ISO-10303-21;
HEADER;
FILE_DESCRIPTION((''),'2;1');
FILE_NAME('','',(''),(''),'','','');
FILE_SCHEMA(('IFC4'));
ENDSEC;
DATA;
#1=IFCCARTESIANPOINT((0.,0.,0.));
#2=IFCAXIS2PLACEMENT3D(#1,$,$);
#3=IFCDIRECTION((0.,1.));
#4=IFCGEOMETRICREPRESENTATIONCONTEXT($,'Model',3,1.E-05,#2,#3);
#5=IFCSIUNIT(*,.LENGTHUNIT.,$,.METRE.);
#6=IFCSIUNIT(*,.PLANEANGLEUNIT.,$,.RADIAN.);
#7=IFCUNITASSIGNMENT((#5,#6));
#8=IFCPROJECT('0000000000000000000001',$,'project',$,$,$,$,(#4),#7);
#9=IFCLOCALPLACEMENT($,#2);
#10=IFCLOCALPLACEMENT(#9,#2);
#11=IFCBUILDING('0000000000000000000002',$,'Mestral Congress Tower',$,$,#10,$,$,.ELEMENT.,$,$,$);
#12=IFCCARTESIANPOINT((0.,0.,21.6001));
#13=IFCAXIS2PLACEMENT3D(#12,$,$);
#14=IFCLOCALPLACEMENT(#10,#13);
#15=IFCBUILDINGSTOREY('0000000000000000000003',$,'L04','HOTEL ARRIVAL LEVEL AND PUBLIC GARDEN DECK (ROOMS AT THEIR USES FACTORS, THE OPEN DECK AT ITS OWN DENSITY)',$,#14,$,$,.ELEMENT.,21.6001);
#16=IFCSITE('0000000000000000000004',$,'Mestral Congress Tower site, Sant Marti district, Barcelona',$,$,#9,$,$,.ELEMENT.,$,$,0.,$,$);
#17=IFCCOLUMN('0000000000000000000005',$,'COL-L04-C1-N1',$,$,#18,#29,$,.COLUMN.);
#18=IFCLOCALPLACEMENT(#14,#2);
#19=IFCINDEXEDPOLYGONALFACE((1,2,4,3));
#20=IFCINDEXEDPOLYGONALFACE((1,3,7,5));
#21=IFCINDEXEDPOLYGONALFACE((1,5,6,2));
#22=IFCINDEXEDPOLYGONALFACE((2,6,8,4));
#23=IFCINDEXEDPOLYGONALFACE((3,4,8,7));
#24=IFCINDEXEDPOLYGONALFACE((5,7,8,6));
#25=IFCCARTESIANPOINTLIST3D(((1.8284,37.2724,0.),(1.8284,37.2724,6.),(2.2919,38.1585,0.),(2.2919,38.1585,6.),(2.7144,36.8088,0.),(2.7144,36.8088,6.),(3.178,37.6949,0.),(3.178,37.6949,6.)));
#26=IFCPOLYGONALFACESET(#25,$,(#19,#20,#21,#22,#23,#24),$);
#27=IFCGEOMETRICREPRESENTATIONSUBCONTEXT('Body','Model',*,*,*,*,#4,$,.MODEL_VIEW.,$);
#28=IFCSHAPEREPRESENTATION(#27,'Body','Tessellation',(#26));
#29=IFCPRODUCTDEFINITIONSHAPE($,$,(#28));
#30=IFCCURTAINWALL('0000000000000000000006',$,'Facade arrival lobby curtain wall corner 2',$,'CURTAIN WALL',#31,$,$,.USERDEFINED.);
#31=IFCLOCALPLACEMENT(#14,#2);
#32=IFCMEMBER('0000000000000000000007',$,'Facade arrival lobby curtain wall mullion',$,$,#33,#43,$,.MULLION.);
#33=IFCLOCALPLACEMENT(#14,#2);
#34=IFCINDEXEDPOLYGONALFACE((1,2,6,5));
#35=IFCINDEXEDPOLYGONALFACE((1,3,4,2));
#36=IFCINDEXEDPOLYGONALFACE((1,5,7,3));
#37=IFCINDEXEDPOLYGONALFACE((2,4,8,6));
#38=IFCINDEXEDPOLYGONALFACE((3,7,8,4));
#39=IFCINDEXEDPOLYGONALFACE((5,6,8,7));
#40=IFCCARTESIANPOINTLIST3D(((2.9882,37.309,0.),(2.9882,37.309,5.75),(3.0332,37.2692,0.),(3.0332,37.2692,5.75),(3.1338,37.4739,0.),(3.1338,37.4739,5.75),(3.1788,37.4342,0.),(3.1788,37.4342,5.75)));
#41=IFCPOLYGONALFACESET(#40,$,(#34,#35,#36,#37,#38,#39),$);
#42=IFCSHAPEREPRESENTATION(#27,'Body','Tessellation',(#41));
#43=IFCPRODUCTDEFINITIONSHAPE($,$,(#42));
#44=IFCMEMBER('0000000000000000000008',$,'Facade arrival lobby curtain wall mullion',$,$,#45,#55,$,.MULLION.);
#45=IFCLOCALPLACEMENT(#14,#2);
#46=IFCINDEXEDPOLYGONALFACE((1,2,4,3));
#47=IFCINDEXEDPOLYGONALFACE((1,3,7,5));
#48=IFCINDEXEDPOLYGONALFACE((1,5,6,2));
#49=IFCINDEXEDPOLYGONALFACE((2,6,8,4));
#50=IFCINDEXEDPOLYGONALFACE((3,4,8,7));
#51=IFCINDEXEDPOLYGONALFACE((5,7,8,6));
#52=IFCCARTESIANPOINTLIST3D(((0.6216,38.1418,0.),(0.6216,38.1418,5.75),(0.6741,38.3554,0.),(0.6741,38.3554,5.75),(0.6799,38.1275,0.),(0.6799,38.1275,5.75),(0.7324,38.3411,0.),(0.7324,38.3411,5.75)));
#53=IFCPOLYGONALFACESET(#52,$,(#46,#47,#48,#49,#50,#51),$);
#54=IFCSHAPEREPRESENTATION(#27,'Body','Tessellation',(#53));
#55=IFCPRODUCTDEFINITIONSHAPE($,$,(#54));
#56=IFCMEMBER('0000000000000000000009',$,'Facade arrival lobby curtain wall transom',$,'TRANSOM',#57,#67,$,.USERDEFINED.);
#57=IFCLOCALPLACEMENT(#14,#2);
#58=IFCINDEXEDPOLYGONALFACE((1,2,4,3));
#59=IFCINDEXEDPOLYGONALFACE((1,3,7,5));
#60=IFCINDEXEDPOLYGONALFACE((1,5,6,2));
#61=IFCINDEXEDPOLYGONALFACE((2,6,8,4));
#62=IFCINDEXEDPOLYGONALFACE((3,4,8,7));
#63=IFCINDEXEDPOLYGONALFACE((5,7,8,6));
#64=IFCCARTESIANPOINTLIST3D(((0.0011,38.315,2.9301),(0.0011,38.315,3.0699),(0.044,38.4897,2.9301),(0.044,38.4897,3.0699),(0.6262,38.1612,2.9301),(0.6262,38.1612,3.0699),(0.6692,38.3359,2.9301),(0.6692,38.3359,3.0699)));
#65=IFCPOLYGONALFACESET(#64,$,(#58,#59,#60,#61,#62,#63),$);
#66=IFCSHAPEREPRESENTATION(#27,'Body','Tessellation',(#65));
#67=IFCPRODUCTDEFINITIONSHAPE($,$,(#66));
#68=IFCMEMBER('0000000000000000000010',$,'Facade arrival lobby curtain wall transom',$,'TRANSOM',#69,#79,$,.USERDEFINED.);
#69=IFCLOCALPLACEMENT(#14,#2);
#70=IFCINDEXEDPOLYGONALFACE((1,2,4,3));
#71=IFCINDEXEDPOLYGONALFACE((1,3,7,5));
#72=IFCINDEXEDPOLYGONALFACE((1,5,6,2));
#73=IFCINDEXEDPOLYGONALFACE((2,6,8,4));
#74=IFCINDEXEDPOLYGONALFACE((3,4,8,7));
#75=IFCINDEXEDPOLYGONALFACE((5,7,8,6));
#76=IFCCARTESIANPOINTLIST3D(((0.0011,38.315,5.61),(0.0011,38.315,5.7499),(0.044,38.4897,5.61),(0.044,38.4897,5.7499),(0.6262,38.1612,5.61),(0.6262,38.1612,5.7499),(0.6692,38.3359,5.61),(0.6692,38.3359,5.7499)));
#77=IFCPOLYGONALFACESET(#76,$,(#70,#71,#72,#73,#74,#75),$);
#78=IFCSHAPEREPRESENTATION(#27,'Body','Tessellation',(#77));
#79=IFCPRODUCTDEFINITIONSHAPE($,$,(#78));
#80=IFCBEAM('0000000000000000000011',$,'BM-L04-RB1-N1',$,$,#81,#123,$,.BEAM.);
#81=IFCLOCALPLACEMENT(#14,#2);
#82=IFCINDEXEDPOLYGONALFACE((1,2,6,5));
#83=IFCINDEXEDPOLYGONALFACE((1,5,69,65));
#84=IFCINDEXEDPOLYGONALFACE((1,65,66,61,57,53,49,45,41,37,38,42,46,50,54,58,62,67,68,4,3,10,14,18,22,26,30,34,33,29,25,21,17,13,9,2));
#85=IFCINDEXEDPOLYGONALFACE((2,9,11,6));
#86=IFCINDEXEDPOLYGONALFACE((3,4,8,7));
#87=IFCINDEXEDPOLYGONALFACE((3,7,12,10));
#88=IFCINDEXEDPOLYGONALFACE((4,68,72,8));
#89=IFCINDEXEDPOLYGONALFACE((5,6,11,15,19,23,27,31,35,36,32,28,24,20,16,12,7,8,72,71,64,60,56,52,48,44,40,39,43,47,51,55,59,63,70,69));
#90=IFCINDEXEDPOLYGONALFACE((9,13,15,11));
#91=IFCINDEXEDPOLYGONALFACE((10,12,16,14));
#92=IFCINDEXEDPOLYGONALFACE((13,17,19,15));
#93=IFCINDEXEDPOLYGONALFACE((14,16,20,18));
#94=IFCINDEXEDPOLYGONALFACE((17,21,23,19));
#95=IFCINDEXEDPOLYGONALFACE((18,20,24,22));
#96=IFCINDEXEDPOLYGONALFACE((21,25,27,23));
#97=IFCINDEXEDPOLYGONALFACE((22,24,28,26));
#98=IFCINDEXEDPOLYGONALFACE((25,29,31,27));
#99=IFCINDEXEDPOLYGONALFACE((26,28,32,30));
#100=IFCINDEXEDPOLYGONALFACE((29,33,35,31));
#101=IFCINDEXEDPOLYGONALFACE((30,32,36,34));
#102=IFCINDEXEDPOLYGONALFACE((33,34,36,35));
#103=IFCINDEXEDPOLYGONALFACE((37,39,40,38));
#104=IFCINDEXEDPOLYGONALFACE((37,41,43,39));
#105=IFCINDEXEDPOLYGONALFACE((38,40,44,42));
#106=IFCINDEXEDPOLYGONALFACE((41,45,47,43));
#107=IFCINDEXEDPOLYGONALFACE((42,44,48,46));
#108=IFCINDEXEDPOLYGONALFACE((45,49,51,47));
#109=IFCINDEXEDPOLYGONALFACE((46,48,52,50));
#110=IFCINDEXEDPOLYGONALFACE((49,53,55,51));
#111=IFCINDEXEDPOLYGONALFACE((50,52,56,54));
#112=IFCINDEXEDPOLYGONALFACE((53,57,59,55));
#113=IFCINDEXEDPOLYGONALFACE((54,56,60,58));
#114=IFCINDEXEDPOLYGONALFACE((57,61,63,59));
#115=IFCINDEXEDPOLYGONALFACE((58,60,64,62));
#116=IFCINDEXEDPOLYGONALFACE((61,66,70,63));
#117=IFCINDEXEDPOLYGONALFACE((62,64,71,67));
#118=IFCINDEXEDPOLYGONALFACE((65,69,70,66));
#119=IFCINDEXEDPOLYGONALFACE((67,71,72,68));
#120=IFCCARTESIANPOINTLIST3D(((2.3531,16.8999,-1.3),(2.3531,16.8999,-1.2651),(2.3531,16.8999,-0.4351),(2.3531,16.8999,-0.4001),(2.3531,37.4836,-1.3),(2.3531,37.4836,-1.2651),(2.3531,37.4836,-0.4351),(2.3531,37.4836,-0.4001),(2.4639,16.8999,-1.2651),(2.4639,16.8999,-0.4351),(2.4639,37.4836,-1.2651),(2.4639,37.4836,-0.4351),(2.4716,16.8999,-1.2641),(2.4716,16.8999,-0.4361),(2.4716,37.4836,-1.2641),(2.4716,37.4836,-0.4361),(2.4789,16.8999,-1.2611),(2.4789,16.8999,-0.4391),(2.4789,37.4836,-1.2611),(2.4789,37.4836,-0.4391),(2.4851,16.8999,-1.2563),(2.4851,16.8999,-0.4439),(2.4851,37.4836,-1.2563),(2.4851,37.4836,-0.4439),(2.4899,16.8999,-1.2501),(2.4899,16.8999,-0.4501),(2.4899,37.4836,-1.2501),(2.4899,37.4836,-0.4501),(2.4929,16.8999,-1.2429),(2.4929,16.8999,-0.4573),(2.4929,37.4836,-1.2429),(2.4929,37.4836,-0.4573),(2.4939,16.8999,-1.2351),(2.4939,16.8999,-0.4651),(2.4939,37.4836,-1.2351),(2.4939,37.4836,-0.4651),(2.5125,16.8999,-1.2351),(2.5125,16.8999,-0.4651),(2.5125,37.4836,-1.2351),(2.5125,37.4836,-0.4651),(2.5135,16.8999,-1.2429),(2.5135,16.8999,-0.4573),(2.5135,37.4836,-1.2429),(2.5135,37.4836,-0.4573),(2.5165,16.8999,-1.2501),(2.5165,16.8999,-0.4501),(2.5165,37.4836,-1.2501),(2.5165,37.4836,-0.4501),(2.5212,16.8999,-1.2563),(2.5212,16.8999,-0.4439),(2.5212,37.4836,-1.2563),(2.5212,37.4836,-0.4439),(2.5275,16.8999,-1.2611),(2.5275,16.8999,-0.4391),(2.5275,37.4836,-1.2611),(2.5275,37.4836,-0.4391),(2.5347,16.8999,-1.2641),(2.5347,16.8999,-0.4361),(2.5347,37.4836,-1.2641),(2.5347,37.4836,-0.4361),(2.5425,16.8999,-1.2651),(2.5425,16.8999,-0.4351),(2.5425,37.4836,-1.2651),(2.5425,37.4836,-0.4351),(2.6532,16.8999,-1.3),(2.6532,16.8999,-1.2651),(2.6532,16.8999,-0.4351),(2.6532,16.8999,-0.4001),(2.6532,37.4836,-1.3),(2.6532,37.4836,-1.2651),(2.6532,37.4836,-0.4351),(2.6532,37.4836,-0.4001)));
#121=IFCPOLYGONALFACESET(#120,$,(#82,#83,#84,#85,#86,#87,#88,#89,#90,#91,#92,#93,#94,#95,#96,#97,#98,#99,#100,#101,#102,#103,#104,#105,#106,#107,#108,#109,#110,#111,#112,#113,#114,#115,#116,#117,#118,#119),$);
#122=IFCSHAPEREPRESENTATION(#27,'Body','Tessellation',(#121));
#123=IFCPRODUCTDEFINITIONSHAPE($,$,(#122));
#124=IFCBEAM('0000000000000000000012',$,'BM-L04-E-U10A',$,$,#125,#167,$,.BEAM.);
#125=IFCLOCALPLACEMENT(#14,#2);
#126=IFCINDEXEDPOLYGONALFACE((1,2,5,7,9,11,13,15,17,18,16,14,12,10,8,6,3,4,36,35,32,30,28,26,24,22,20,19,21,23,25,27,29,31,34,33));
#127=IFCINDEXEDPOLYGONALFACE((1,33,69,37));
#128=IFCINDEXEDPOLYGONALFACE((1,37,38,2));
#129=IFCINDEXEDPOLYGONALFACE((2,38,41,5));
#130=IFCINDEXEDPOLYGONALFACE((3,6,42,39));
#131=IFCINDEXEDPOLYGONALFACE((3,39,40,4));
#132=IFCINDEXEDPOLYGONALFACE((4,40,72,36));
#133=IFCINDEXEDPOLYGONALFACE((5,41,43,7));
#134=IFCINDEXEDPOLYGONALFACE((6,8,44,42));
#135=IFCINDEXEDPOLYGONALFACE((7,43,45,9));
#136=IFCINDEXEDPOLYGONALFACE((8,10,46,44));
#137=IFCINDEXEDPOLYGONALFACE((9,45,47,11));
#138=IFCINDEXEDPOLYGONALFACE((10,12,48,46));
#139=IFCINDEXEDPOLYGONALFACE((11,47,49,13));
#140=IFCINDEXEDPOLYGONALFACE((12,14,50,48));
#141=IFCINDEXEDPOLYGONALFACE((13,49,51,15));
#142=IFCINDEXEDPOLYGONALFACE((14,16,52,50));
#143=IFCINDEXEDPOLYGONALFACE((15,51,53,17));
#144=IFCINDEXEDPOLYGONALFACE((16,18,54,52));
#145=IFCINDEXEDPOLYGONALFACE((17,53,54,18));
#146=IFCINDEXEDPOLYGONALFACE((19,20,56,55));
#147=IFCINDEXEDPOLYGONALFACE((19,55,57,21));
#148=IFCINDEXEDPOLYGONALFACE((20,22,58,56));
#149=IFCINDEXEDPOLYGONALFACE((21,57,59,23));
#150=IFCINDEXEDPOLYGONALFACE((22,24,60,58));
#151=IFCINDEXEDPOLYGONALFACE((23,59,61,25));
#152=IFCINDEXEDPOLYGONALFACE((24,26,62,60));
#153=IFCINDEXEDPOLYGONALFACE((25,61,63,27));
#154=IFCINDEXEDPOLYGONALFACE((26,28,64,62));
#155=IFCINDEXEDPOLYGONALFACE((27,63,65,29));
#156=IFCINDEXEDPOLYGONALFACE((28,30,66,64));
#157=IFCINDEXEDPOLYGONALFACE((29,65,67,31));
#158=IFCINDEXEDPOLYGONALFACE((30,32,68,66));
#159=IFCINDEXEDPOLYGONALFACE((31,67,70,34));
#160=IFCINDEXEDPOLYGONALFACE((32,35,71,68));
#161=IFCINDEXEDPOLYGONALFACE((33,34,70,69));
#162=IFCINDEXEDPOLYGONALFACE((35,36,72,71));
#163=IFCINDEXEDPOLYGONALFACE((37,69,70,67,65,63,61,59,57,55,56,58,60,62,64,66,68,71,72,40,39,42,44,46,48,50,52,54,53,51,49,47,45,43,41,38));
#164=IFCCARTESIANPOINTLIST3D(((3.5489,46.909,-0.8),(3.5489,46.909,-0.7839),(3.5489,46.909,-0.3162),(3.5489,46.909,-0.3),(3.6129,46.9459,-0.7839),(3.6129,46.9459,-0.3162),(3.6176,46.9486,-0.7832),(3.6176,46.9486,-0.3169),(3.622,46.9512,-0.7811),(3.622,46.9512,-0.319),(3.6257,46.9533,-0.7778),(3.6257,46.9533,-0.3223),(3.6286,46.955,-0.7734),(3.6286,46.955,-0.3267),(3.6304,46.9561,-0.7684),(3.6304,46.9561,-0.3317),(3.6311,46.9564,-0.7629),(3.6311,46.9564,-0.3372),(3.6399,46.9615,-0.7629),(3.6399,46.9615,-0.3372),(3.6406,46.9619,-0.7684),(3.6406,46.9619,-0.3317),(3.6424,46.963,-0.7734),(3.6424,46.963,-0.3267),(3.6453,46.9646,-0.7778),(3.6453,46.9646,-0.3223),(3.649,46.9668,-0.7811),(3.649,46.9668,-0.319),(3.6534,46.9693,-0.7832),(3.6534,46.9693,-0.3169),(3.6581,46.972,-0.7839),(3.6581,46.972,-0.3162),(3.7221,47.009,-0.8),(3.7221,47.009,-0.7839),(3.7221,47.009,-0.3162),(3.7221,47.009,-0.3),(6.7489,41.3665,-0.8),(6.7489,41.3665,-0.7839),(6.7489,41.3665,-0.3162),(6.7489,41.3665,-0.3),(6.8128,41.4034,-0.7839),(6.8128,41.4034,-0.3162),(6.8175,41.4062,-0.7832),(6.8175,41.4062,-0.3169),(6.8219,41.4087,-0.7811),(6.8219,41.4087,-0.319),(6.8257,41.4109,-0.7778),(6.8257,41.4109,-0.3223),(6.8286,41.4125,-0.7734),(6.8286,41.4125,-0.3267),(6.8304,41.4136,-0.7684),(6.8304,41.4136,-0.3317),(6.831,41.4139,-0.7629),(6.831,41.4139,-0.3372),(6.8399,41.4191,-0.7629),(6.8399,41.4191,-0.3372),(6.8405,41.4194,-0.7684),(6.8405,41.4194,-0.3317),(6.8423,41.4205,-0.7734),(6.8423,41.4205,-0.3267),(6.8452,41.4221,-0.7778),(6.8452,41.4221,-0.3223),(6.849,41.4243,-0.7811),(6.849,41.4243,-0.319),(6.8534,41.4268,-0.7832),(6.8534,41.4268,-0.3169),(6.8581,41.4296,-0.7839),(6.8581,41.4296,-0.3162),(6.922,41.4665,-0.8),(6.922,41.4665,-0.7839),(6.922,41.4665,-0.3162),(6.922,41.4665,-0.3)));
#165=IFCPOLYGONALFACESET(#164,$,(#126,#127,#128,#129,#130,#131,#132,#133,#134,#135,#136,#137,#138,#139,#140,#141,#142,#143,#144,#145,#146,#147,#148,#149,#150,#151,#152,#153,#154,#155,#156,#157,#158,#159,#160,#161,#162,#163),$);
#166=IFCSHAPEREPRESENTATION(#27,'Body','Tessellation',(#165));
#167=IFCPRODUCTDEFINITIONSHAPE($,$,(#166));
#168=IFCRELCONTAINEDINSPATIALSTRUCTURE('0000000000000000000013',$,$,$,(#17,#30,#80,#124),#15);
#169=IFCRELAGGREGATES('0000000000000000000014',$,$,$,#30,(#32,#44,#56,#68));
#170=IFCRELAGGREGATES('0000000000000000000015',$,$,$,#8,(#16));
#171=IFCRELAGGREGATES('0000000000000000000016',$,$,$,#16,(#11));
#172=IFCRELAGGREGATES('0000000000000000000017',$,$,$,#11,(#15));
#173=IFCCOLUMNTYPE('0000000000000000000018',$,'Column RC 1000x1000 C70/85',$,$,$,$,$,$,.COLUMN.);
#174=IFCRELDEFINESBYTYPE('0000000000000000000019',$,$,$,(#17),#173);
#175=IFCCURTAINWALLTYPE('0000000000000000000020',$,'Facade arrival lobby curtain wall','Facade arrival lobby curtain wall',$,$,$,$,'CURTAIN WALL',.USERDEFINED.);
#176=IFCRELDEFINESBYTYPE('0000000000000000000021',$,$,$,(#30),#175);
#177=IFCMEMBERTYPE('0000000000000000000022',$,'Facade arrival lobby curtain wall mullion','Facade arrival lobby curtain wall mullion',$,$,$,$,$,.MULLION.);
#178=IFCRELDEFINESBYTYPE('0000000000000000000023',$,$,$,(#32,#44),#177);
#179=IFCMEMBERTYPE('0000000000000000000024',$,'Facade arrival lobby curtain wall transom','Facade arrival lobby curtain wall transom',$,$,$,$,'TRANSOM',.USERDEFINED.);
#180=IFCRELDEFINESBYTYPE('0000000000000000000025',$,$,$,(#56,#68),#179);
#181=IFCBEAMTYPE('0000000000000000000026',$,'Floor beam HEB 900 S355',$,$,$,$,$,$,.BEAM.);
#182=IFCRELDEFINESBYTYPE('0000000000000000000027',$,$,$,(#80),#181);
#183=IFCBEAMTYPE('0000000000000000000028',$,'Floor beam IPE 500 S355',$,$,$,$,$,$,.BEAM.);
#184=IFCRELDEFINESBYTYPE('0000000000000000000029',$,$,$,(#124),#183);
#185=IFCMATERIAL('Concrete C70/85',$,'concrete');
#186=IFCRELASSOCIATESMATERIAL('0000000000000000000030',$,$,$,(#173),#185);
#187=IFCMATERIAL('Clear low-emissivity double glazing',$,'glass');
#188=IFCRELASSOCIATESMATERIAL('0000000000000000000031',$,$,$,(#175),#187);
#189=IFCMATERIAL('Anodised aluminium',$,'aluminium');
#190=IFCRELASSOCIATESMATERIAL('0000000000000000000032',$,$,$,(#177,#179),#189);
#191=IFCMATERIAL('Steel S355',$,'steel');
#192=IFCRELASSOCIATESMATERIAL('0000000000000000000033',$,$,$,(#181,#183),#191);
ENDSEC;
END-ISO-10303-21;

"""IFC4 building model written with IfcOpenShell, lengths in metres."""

from ifc_helpers import new_model, si_unit, direction, frame, origin, origin_2d, place, context, subcontext, project, spatial, rectangle, i_section, extrude, material, material_profile, profile_set, type_object, element, aggregate, save


model = new_model("IFC4")

# Units and contexts
model_context = context("Model", 3, precision=1e-05, world=origin(), true_north=direction((0.0, 1.0)))
body_context = subcontext(model_context, "Body", "Model", "MODEL_VIEW")
ifc_project = project(units=[si_unit("LENGTHUNIT", "METRE"), si_unit("PLANEANGLEUNIT", "RADIAN")], contexts=[model_context])

# Site, building, storey
site_placement = place(None, origin())
site = spatial("IfcSite", under=ifc_project, at=site_placement, Name="Mestral Congress Tower site, Sant Marti district, Barcelona", CompositionType="ELEMENT", RefElevation=0.0)
building_placement = place(site_placement, origin())
building = spatial("IfcBuilding", under=site, at=building_placement, Name="Mestral Congress Tower", CompositionType="ELEMENT")
storey_placement = place(building_placement, frame((0.0, 0.0, 21.6001)))
storey = spatial("IfcBuildingStorey", under=building, at=storey_placement, Name="L04", Description="HOTEL ARRIVAL LEVEL AND PUBLIC GARDEN DECK (ROOMS AT THEIR USES FACTORS, THE OPEN DECK AT ITS OWN DENSITY)", CompositionType="ELEMENT", Elevation=21.6001)

# Column
ifc_material_1 = material(Name="Concrete C70/85", Category="concrete")
ifc_material_profile_1 = material_profile(ifc_material_1, rectangle(XDim=1.0, YDim=1.0, at=origin_2d()), Name="RC 1000x1000")
ifc_profile_set_1 = profile_set([ifc_material_profile_1], Name="Concrete C70/85")
column_type = type_object("IfcColumnType", Name="Column RC 1000x1000 C70/85", PredefinedType="COLUMN", material=ifc_profile_set_1)
column_placement = place(storey_placement, frame((2.5032, 37.4836, 0.0), z_axis=(0.0, 0.0, 1.0), x_axis=(-0.886068, 0.463556, 0.0)))
element("IfcColumn", 1, at=column_placement, inside=storey, type_object=column_type, Name="COL-L04-C1-N1", PredefinedType="COLUMN", context=body_context, shape_type="SweptSolid", body=[
    extrude(rectangle(XDim=1.0, YDim=1.0, at=origin_2d()), origin(), (0.0, 0.0, 1.0), 6.0),
])

# Curtain wall, members
ifc_material_2 = material(Name="Clear low-emissivity double glazing", Category="glass")
curtain_wall_type = type_object("IfcCurtainWallType", Name="Facade arrival lobby curtain wall", Description="Facade arrival lobby curtain wall", ElementType="CURTAIN WALL", PredefinedType="USERDEFINED", material=ifc_material_2)
curtain_wall_placement = place(storey_placement, origin())
curtain_wall = element("IfcCurtainWall", 2, at=curtain_wall_placement, inside=storey, type_object=curtain_wall_type, Name="Facade arrival lobby curtain wall corner 2", ObjectType="CURTAIN WALL", PredefinedType="USERDEFINED")
ifc_material_3 = material(Name="Anodised aluminium", Category="aluminium")
ifc_material_profile_2 = material_profile(ifc_material_3, rectangle(XDim=0.22, YDim=0.0601, at=origin_2d()), Name="CW4 mullion 220 x 60")
ifc_profile_set_2 = profile_set([ifc_material_profile_2], Name="Anodised aluminium")
member_type_1 = type_object("IfcMemberType", Name="Facade arrival lobby curtain wall mullion", Description="Facade arrival lobby curtain wall mullion", PredefinedType="MULLION", material=ifc_profile_set_2)
member_1_placement = place(storey_placement, frame((3.0835, 37.3716, 0.0), z_axis=(0.0, 0.0, 1.0), x_axis=(0.661651, 0.749812, 0.0)))
member_1 = element("IfcMember", 3, at=member_1_placement, type_object=member_type_1, Name="Facade arrival lobby curtain wall mullion", PredefinedType="MULLION", context=body_context, shape_type="SweptSolid", body=[
    extrude(rectangle(XDim=0.22, YDim=0.0601, at=origin_2d()), origin(), (0.0, 0.0, 1.0), 5.75),
])
member_2_placement = place(storey_placement, frame((0.677, 38.2415, 0.0), z_axis=(0.0, 0.0, 1.0), x_axis=(0.238667, 0.971101, 0.0)))
member_2 = element("IfcMember", 4, at=member_2_placement, type_object=member_type_1, Name="Facade arrival lobby curtain wall mullion", PredefinedType="MULLION", context=body_context, shape_type="SweptSolid", body=[
    extrude(rectangle(XDim=0.22, YDim=0.0601, at=origin_2d()), origin(), (0.0, 0.0, 1.0), 5.75),
])
ifc_material_profile_3 = material_profile(ifc_material_3, rectangle(XDim=0.1799, YDim=0.1399, at=origin_2d()), Name="CW4 transom 180 x 140")
ifc_profile_set_3 = profile_set([ifc_material_profile_3], Name="Anodised aluminium")
member_type_2 = type_object("IfcMemberType", Name="Facade arrival lobby curtain wall transom", Description="Facade arrival lobby curtain wall transom", ElementType="TRANSOM", PredefinedType="USERDEFINED", material=ifc_profile_set_3)
member_3_placement = place(storey_placement, frame((0.6477, 38.2485, 3.0), z_axis=(-0.97105, 0.238876, 0.0), x_axis=(-0.238876, -0.97105, 0.0)))
member_3 = element("IfcMember", 5, at=member_3_placement, type_object=member_type_2, Name="Facade arrival lobby curtain wall transom", ObjectType="TRANSOM", PredefinedType="USERDEFINED", context=body_context, shape_type="SweptSolid", body=[
    extrude(rectangle(XDim=0.1799, YDim=0.1399, at=origin_2d()), origin(), (0.0, 0.0, 1.0), 0.6438),
])
member_4_placement = place(storey_placement, frame((0.6477, 38.2485, 5.6799), z_axis=(-0.97105, 0.238876, 0.0), x_axis=(-0.238876, -0.97105, 0.0)))
member_4 = element("IfcMember", 6, at=member_4_placement, type_object=member_type_2, Name="Facade arrival lobby curtain wall transom", ObjectType="TRANSOM", PredefinedType="USERDEFINED", context=body_context, shape_type="SweptSolid", body=[
    extrude(rectangle(XDim=0.1799, YDim=0.1399, at=origin_2d()), origin(), (0.0, 0.0, 1.0), 0.6438),
])

# Beams
ifc_material_4 = material(Name="Steel S355", Category="steel")
ifc_material_profile_4 = material_profile(ifc_material_4, i_section(OverallWidth=0.3, OverallDepth=0.8999, WebThickness=0.0186, FlangeThickness=0.0349, FilletRadius=0.03, at=origin_2d()), Name="HEB 900")
ifc_profile_set_4 = profile_set([ifc_material_profile_4], Name="Steel S355")
beam_type_1 = type_object("IfcBeamType", Name="Floor beam HEB 900 S355", PredefinedType="BEAM", material=ifc_profile_set_4)
beam_1_placement = place(storey_placement, frame((2.5032, 37.4836, -0.8501), z_axis=(0.0, -1.0, 0.0), x_axis=(1.0, 0.0, 0.0)))
element("IfcBeam", 7, at=beam_1_placement, inside=storey, type_object=beam_type_1, Name="BM-L04-RB1-N1", PredefinedType="BEAM", context=body_context, shape_type="SweptSolid", body=[
    extrude(i_section(OverallWidth=0.3, OverallDepth=0.8999, WebThickness=0.0186, FlangeThickness=0.0349, FilletRadius=0.03, at=origin_2d()), origin(), (0.0, 0.0, 1.0), 20.5837),
])
ifc_material_profile_5 = material_profile(ifc_material_4, i_section(OverallWidth=0.2, OverallDepth=0.5, WebThickness=0.0103, FlangeThickness=0.0161, FilletRadius=0.021, at=origin_2d()), Name="IPE 500")
ifc_profile_set_5 = profile_set([ifc_material_profile_5], Name="Steel S355")
beam_type_2 = type_object("IfcBeamType", Name="Floor beam IPE 500 S355", PredefinedType="BEAM", material=ifc_profile_set_5)
beam_2_placement = place(storey_placement, frame((6.8354, 41.4165, -0.55), z_axis=(-0.5, 0.866025, 0.0), x_axis=(-0.866025, -0.5, 0.0)))
element("IfcBeam", 8, at=beam_2_placement, inside=storey, type_object=beam_type_2, Name="BM-L04-E-U10A", PredefinedType="BEAM", context=body_context, shape_type="SweptSolid", body=[
    extrude(i_section(OverallWidth=0.2, OverallDepth=0.5, WebThickness=0.0103, FlangeThickness=0.0161, FilletRadius=0.021, at=origin_2d()), origin(), (0.0, 0.0, 1.0), 6.3999),
])

aggregate(curtain_wall, [member_1, member_2, member_3, member_4])

save(model, "model.ifc")
